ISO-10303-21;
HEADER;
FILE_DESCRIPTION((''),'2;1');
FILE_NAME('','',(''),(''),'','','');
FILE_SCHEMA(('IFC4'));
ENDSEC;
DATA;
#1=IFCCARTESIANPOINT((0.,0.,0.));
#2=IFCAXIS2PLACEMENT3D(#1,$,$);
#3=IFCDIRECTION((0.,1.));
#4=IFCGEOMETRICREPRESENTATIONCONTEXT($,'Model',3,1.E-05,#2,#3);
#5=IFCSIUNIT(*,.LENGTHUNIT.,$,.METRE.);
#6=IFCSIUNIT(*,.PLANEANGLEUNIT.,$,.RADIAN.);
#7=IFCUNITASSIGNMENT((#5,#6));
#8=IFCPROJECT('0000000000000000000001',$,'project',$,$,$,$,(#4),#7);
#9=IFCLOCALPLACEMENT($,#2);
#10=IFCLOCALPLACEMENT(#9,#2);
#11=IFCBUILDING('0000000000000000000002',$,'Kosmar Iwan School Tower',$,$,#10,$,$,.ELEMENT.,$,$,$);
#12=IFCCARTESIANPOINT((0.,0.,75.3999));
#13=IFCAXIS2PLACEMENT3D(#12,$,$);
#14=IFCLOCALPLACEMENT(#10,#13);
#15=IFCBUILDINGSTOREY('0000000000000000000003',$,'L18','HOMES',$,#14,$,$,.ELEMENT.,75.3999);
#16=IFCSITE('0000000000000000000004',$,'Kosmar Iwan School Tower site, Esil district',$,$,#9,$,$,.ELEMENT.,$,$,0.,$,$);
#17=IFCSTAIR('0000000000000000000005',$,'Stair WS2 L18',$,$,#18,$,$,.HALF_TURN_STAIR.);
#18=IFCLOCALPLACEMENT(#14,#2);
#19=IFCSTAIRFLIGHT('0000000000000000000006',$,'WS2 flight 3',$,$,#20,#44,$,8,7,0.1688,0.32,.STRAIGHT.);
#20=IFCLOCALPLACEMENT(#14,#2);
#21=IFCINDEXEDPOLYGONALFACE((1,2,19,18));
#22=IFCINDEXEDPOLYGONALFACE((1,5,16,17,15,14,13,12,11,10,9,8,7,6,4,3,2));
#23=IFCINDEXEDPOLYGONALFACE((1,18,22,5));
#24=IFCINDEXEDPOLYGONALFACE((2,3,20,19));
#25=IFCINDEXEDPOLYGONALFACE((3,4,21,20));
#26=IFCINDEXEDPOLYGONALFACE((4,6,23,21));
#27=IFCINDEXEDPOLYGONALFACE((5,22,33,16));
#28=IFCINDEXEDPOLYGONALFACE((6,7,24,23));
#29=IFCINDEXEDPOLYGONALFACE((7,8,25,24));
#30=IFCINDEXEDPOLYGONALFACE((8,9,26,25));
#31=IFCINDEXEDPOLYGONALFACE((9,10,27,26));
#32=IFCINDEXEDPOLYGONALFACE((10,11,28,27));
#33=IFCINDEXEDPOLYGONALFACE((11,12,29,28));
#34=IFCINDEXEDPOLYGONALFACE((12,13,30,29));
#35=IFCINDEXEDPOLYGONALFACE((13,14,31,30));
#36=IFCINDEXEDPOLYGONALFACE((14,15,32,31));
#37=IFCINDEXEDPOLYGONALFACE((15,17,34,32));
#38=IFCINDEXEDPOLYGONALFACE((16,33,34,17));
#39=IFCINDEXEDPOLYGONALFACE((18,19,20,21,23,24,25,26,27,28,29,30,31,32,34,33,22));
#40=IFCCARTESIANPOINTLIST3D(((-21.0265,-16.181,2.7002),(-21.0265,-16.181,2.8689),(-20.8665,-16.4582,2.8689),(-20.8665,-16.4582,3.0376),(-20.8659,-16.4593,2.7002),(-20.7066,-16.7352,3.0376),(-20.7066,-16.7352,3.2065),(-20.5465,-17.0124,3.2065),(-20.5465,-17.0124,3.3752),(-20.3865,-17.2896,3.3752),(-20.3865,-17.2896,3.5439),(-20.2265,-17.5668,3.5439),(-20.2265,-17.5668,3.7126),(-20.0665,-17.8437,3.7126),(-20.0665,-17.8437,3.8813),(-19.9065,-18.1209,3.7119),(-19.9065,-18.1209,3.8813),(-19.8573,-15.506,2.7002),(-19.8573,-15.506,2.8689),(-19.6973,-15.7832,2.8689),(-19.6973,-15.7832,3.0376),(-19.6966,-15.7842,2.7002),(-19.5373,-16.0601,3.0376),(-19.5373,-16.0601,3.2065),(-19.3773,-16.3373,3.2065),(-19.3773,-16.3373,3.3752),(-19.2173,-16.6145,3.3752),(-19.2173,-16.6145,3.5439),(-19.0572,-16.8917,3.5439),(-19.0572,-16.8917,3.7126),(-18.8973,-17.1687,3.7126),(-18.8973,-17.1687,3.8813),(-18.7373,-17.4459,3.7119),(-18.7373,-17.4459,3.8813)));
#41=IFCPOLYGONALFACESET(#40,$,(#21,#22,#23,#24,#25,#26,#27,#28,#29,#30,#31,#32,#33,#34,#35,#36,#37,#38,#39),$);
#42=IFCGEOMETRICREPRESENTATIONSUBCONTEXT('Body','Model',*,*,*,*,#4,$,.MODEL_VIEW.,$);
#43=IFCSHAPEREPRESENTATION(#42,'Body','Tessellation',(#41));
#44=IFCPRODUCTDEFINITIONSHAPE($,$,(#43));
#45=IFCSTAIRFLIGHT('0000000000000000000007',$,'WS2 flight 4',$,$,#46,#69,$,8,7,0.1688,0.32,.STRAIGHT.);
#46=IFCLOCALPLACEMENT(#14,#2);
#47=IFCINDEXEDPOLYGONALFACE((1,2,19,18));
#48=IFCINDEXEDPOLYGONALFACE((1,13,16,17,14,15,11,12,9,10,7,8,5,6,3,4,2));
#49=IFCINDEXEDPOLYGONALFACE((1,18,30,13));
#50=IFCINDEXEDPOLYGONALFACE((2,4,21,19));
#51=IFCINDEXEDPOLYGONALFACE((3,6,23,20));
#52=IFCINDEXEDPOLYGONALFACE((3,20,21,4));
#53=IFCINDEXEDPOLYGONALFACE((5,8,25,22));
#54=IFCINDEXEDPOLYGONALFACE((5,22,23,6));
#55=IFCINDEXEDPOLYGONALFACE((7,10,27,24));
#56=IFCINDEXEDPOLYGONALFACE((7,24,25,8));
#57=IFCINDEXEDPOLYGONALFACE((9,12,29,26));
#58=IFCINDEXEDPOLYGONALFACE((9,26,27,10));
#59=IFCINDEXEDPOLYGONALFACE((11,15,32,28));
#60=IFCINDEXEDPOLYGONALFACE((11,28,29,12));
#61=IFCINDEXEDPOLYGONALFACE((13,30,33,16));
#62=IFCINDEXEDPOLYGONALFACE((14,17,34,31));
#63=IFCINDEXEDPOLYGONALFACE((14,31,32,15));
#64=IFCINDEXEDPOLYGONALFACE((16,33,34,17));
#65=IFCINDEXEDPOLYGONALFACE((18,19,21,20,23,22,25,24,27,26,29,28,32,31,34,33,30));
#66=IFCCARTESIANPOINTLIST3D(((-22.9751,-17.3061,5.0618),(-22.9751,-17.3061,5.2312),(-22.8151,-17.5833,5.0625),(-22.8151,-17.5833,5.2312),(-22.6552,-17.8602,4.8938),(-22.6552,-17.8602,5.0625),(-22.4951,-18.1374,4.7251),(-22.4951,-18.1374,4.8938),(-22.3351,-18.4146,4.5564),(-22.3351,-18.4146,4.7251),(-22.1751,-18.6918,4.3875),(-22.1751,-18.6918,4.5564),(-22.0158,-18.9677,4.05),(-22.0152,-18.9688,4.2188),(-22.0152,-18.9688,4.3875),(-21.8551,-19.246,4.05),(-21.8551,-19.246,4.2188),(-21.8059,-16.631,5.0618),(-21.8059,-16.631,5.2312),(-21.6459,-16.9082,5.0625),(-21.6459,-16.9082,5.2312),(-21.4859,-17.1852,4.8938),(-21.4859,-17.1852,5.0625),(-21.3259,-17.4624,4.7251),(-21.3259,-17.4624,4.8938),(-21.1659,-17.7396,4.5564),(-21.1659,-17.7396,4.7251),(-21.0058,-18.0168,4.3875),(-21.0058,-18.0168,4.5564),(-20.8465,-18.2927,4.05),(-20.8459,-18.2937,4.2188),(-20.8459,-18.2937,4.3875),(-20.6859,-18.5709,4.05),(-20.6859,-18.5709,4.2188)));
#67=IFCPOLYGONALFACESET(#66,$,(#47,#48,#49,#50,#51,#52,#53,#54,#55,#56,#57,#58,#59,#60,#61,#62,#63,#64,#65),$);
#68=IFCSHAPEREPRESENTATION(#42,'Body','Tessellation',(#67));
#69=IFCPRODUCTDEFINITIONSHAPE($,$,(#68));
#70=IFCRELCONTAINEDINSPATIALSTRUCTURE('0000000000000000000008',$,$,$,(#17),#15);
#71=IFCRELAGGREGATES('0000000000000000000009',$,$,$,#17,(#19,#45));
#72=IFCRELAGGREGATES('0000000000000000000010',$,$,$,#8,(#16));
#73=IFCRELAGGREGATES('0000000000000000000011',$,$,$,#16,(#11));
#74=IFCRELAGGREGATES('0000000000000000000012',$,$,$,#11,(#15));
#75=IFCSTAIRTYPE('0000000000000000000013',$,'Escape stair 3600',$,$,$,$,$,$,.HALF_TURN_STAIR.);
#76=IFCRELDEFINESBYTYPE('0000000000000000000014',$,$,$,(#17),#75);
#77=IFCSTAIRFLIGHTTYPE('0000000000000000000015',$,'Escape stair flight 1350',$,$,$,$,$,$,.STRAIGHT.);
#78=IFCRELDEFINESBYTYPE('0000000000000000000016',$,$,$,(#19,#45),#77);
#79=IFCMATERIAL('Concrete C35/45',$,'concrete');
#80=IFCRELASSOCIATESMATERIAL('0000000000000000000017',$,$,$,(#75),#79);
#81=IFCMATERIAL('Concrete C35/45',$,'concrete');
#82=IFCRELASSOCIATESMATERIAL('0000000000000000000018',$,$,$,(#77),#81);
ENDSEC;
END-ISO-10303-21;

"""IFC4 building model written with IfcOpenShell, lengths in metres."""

from ifc_helpers import new_model, si_unit, direction, frame, origin, place, context, subcontext, project, spatial, polyline, outline, extrude, material, type_object, element, aggregate, save


model = new_model("IFC4")

# Units and contexts
model_context = context("Model", 3, precision=1e-05, world=origin(), true_north=direction((0.0, 1.0)))
body_context = subcontext(model_context, "Body", "Model", "MODEL_VIEW")
ifc_project = project(units=[si_unit("LENGTHUNIT", "METRE"), si_unit("PLANEANGLEUNIT", "RADIAN")], contexts=[model_context])

# Site, building, storey
site_placement = place(None, origin())
site = spatial("IfcSite", under=ifc_project, at=site_placement, Name="Kosmar Iwan School Tower site, Esil district", CompositionType="ELEMENT", RefElevation=0.0)
building_placement = place(site_placement, origin())
building = spatial("IfcBuilding", under=site, at=building_placement, Name="Kosmar Iwan School Tower", CompositionType="ELEMENT")
storey_placement = place(building_placement, frame((0.0, 0.0, 75.3999)))
storey = spatial("IfcBuildingStorey", under=building, at=storey_placement, Name="L18", Description="HOMES", CompositionType="ELEMENT", Elevation=75.3999)

# Stair, stair flights
ifc_material_1 = material(Name="Concrete C35/45", Category="concrete")
stair_type = type_object("IfcStairType", Name="Escape stair 3600", PredefinedType="HALF_TURN_STAIR", material=ifc_material_1)
stair_placement = place(storey_placement, origin())
stair = element("IfcStair", 1, at=stair_placement, inside=storey, type_object=stair_type, Name="Stair WS2 L18", PredefinedType="HALF_TURN_STAIR")
ifc_material_2 = material(Name="Concrete C35/45", Category="concrete")
stair_flight_type = type_object("IfcStairFlightType", Name="Escape stair flight 1350", PredefinedType="STRAIGHT", material=ifc_material_2)
stair_flight_1_placement = place(storey_placement, frame((-20.4419, -15.8435, 2.7002), z_axis=(0.0, 0.0, 1.0), x_axis=(0.5, -0.866025, 0.0)))
stair_flight_1 = element("IfcStairFlight", 2, at=stair_flight_1_placement, type_object=stair_flight_type, Name="WS2 flight 3", NumberOfRisers=8, NumberOfTreads=7, PredefinedType="STRAIGHT", RiserHeight=0.1688, TreadLength=0.32, context=body_context, shape_type="SweptSolid", body=[
    extrude(outline(polyline([(0.0, 0.0), (0.0, 0.1687), (0.3201, 0.1687), (0.3201, 0.3374), (0.6399, 0.3374), (0.6399, 0.5063), (0.96, 0.5063), (0.96, 0.675), (1.28, 0.675), (1.28, 0.8438), (1.6001, 0.8438), (1.6001, 1.0125), (1.9199, 1.0125), (1.9199, 1.1812), (2.24, 1.1812), (2.24, 1.3501), (2.24, 1.0117), (0.3213, 0.0), (0.0, 0.0)])), frame((0.0, 0.675, 0.0), z_axis=(0.0, -1.0, 0.0), x_axis=(1.0, 0.0, 0.0)), (0.0, 0.0, 1.0), 1.3501),
])
stair_flight_2_placement = place(storey_placement, frame((-21.2705, -18.9084, 4.05), z_axis=(0.0, 0.0, 1.0), x_axis=(-0.5, 0.866025, 0.0)))
stair_flight_2 = element("IfcStairFlight", 3, at=stair_flight_2_placement, type_object=stair_flight_type, Name="WS2 flight 4", NumberOfRisers=8, NumberOfTreads=7, PredefinedType="STRAIGHT", RiserHeight=0.1688, TreadLength=0.32, context=body_context, shape_type="SweptSolid", body=[
    extrude(outline(polyline([(0.0, 0.0), (0.0, 0.1687), (0.3201, 0.1687), (0.3201, 0.3374), (0.6399, 0.3374), (0.6399, 0.5063), (0.96, 0.5063), (0.96, 0.675), (1.28, 0.675), (1.28, 0.8438), (1.6001, 0.8438), (1.6001, 1.0125), (1.9199, 1.0125), (1.9199, 1.1812), (2.24, 1.1812), (2.24, 1.3501), (2.24, 1.0117), (0.3213, 0.0), (0.0, 0.0)])), frame((0.0, 0.675, 0.0), z_axis=(0.0, -1.0, 0.0), x_axis=(1.0, 0.0, 0.0)), (0.0, 0.0, 1.0), 1.3501),
])
aggregate(stair, [stair_flight_1, stair_flight_2])

save(model, "model.ifc")
